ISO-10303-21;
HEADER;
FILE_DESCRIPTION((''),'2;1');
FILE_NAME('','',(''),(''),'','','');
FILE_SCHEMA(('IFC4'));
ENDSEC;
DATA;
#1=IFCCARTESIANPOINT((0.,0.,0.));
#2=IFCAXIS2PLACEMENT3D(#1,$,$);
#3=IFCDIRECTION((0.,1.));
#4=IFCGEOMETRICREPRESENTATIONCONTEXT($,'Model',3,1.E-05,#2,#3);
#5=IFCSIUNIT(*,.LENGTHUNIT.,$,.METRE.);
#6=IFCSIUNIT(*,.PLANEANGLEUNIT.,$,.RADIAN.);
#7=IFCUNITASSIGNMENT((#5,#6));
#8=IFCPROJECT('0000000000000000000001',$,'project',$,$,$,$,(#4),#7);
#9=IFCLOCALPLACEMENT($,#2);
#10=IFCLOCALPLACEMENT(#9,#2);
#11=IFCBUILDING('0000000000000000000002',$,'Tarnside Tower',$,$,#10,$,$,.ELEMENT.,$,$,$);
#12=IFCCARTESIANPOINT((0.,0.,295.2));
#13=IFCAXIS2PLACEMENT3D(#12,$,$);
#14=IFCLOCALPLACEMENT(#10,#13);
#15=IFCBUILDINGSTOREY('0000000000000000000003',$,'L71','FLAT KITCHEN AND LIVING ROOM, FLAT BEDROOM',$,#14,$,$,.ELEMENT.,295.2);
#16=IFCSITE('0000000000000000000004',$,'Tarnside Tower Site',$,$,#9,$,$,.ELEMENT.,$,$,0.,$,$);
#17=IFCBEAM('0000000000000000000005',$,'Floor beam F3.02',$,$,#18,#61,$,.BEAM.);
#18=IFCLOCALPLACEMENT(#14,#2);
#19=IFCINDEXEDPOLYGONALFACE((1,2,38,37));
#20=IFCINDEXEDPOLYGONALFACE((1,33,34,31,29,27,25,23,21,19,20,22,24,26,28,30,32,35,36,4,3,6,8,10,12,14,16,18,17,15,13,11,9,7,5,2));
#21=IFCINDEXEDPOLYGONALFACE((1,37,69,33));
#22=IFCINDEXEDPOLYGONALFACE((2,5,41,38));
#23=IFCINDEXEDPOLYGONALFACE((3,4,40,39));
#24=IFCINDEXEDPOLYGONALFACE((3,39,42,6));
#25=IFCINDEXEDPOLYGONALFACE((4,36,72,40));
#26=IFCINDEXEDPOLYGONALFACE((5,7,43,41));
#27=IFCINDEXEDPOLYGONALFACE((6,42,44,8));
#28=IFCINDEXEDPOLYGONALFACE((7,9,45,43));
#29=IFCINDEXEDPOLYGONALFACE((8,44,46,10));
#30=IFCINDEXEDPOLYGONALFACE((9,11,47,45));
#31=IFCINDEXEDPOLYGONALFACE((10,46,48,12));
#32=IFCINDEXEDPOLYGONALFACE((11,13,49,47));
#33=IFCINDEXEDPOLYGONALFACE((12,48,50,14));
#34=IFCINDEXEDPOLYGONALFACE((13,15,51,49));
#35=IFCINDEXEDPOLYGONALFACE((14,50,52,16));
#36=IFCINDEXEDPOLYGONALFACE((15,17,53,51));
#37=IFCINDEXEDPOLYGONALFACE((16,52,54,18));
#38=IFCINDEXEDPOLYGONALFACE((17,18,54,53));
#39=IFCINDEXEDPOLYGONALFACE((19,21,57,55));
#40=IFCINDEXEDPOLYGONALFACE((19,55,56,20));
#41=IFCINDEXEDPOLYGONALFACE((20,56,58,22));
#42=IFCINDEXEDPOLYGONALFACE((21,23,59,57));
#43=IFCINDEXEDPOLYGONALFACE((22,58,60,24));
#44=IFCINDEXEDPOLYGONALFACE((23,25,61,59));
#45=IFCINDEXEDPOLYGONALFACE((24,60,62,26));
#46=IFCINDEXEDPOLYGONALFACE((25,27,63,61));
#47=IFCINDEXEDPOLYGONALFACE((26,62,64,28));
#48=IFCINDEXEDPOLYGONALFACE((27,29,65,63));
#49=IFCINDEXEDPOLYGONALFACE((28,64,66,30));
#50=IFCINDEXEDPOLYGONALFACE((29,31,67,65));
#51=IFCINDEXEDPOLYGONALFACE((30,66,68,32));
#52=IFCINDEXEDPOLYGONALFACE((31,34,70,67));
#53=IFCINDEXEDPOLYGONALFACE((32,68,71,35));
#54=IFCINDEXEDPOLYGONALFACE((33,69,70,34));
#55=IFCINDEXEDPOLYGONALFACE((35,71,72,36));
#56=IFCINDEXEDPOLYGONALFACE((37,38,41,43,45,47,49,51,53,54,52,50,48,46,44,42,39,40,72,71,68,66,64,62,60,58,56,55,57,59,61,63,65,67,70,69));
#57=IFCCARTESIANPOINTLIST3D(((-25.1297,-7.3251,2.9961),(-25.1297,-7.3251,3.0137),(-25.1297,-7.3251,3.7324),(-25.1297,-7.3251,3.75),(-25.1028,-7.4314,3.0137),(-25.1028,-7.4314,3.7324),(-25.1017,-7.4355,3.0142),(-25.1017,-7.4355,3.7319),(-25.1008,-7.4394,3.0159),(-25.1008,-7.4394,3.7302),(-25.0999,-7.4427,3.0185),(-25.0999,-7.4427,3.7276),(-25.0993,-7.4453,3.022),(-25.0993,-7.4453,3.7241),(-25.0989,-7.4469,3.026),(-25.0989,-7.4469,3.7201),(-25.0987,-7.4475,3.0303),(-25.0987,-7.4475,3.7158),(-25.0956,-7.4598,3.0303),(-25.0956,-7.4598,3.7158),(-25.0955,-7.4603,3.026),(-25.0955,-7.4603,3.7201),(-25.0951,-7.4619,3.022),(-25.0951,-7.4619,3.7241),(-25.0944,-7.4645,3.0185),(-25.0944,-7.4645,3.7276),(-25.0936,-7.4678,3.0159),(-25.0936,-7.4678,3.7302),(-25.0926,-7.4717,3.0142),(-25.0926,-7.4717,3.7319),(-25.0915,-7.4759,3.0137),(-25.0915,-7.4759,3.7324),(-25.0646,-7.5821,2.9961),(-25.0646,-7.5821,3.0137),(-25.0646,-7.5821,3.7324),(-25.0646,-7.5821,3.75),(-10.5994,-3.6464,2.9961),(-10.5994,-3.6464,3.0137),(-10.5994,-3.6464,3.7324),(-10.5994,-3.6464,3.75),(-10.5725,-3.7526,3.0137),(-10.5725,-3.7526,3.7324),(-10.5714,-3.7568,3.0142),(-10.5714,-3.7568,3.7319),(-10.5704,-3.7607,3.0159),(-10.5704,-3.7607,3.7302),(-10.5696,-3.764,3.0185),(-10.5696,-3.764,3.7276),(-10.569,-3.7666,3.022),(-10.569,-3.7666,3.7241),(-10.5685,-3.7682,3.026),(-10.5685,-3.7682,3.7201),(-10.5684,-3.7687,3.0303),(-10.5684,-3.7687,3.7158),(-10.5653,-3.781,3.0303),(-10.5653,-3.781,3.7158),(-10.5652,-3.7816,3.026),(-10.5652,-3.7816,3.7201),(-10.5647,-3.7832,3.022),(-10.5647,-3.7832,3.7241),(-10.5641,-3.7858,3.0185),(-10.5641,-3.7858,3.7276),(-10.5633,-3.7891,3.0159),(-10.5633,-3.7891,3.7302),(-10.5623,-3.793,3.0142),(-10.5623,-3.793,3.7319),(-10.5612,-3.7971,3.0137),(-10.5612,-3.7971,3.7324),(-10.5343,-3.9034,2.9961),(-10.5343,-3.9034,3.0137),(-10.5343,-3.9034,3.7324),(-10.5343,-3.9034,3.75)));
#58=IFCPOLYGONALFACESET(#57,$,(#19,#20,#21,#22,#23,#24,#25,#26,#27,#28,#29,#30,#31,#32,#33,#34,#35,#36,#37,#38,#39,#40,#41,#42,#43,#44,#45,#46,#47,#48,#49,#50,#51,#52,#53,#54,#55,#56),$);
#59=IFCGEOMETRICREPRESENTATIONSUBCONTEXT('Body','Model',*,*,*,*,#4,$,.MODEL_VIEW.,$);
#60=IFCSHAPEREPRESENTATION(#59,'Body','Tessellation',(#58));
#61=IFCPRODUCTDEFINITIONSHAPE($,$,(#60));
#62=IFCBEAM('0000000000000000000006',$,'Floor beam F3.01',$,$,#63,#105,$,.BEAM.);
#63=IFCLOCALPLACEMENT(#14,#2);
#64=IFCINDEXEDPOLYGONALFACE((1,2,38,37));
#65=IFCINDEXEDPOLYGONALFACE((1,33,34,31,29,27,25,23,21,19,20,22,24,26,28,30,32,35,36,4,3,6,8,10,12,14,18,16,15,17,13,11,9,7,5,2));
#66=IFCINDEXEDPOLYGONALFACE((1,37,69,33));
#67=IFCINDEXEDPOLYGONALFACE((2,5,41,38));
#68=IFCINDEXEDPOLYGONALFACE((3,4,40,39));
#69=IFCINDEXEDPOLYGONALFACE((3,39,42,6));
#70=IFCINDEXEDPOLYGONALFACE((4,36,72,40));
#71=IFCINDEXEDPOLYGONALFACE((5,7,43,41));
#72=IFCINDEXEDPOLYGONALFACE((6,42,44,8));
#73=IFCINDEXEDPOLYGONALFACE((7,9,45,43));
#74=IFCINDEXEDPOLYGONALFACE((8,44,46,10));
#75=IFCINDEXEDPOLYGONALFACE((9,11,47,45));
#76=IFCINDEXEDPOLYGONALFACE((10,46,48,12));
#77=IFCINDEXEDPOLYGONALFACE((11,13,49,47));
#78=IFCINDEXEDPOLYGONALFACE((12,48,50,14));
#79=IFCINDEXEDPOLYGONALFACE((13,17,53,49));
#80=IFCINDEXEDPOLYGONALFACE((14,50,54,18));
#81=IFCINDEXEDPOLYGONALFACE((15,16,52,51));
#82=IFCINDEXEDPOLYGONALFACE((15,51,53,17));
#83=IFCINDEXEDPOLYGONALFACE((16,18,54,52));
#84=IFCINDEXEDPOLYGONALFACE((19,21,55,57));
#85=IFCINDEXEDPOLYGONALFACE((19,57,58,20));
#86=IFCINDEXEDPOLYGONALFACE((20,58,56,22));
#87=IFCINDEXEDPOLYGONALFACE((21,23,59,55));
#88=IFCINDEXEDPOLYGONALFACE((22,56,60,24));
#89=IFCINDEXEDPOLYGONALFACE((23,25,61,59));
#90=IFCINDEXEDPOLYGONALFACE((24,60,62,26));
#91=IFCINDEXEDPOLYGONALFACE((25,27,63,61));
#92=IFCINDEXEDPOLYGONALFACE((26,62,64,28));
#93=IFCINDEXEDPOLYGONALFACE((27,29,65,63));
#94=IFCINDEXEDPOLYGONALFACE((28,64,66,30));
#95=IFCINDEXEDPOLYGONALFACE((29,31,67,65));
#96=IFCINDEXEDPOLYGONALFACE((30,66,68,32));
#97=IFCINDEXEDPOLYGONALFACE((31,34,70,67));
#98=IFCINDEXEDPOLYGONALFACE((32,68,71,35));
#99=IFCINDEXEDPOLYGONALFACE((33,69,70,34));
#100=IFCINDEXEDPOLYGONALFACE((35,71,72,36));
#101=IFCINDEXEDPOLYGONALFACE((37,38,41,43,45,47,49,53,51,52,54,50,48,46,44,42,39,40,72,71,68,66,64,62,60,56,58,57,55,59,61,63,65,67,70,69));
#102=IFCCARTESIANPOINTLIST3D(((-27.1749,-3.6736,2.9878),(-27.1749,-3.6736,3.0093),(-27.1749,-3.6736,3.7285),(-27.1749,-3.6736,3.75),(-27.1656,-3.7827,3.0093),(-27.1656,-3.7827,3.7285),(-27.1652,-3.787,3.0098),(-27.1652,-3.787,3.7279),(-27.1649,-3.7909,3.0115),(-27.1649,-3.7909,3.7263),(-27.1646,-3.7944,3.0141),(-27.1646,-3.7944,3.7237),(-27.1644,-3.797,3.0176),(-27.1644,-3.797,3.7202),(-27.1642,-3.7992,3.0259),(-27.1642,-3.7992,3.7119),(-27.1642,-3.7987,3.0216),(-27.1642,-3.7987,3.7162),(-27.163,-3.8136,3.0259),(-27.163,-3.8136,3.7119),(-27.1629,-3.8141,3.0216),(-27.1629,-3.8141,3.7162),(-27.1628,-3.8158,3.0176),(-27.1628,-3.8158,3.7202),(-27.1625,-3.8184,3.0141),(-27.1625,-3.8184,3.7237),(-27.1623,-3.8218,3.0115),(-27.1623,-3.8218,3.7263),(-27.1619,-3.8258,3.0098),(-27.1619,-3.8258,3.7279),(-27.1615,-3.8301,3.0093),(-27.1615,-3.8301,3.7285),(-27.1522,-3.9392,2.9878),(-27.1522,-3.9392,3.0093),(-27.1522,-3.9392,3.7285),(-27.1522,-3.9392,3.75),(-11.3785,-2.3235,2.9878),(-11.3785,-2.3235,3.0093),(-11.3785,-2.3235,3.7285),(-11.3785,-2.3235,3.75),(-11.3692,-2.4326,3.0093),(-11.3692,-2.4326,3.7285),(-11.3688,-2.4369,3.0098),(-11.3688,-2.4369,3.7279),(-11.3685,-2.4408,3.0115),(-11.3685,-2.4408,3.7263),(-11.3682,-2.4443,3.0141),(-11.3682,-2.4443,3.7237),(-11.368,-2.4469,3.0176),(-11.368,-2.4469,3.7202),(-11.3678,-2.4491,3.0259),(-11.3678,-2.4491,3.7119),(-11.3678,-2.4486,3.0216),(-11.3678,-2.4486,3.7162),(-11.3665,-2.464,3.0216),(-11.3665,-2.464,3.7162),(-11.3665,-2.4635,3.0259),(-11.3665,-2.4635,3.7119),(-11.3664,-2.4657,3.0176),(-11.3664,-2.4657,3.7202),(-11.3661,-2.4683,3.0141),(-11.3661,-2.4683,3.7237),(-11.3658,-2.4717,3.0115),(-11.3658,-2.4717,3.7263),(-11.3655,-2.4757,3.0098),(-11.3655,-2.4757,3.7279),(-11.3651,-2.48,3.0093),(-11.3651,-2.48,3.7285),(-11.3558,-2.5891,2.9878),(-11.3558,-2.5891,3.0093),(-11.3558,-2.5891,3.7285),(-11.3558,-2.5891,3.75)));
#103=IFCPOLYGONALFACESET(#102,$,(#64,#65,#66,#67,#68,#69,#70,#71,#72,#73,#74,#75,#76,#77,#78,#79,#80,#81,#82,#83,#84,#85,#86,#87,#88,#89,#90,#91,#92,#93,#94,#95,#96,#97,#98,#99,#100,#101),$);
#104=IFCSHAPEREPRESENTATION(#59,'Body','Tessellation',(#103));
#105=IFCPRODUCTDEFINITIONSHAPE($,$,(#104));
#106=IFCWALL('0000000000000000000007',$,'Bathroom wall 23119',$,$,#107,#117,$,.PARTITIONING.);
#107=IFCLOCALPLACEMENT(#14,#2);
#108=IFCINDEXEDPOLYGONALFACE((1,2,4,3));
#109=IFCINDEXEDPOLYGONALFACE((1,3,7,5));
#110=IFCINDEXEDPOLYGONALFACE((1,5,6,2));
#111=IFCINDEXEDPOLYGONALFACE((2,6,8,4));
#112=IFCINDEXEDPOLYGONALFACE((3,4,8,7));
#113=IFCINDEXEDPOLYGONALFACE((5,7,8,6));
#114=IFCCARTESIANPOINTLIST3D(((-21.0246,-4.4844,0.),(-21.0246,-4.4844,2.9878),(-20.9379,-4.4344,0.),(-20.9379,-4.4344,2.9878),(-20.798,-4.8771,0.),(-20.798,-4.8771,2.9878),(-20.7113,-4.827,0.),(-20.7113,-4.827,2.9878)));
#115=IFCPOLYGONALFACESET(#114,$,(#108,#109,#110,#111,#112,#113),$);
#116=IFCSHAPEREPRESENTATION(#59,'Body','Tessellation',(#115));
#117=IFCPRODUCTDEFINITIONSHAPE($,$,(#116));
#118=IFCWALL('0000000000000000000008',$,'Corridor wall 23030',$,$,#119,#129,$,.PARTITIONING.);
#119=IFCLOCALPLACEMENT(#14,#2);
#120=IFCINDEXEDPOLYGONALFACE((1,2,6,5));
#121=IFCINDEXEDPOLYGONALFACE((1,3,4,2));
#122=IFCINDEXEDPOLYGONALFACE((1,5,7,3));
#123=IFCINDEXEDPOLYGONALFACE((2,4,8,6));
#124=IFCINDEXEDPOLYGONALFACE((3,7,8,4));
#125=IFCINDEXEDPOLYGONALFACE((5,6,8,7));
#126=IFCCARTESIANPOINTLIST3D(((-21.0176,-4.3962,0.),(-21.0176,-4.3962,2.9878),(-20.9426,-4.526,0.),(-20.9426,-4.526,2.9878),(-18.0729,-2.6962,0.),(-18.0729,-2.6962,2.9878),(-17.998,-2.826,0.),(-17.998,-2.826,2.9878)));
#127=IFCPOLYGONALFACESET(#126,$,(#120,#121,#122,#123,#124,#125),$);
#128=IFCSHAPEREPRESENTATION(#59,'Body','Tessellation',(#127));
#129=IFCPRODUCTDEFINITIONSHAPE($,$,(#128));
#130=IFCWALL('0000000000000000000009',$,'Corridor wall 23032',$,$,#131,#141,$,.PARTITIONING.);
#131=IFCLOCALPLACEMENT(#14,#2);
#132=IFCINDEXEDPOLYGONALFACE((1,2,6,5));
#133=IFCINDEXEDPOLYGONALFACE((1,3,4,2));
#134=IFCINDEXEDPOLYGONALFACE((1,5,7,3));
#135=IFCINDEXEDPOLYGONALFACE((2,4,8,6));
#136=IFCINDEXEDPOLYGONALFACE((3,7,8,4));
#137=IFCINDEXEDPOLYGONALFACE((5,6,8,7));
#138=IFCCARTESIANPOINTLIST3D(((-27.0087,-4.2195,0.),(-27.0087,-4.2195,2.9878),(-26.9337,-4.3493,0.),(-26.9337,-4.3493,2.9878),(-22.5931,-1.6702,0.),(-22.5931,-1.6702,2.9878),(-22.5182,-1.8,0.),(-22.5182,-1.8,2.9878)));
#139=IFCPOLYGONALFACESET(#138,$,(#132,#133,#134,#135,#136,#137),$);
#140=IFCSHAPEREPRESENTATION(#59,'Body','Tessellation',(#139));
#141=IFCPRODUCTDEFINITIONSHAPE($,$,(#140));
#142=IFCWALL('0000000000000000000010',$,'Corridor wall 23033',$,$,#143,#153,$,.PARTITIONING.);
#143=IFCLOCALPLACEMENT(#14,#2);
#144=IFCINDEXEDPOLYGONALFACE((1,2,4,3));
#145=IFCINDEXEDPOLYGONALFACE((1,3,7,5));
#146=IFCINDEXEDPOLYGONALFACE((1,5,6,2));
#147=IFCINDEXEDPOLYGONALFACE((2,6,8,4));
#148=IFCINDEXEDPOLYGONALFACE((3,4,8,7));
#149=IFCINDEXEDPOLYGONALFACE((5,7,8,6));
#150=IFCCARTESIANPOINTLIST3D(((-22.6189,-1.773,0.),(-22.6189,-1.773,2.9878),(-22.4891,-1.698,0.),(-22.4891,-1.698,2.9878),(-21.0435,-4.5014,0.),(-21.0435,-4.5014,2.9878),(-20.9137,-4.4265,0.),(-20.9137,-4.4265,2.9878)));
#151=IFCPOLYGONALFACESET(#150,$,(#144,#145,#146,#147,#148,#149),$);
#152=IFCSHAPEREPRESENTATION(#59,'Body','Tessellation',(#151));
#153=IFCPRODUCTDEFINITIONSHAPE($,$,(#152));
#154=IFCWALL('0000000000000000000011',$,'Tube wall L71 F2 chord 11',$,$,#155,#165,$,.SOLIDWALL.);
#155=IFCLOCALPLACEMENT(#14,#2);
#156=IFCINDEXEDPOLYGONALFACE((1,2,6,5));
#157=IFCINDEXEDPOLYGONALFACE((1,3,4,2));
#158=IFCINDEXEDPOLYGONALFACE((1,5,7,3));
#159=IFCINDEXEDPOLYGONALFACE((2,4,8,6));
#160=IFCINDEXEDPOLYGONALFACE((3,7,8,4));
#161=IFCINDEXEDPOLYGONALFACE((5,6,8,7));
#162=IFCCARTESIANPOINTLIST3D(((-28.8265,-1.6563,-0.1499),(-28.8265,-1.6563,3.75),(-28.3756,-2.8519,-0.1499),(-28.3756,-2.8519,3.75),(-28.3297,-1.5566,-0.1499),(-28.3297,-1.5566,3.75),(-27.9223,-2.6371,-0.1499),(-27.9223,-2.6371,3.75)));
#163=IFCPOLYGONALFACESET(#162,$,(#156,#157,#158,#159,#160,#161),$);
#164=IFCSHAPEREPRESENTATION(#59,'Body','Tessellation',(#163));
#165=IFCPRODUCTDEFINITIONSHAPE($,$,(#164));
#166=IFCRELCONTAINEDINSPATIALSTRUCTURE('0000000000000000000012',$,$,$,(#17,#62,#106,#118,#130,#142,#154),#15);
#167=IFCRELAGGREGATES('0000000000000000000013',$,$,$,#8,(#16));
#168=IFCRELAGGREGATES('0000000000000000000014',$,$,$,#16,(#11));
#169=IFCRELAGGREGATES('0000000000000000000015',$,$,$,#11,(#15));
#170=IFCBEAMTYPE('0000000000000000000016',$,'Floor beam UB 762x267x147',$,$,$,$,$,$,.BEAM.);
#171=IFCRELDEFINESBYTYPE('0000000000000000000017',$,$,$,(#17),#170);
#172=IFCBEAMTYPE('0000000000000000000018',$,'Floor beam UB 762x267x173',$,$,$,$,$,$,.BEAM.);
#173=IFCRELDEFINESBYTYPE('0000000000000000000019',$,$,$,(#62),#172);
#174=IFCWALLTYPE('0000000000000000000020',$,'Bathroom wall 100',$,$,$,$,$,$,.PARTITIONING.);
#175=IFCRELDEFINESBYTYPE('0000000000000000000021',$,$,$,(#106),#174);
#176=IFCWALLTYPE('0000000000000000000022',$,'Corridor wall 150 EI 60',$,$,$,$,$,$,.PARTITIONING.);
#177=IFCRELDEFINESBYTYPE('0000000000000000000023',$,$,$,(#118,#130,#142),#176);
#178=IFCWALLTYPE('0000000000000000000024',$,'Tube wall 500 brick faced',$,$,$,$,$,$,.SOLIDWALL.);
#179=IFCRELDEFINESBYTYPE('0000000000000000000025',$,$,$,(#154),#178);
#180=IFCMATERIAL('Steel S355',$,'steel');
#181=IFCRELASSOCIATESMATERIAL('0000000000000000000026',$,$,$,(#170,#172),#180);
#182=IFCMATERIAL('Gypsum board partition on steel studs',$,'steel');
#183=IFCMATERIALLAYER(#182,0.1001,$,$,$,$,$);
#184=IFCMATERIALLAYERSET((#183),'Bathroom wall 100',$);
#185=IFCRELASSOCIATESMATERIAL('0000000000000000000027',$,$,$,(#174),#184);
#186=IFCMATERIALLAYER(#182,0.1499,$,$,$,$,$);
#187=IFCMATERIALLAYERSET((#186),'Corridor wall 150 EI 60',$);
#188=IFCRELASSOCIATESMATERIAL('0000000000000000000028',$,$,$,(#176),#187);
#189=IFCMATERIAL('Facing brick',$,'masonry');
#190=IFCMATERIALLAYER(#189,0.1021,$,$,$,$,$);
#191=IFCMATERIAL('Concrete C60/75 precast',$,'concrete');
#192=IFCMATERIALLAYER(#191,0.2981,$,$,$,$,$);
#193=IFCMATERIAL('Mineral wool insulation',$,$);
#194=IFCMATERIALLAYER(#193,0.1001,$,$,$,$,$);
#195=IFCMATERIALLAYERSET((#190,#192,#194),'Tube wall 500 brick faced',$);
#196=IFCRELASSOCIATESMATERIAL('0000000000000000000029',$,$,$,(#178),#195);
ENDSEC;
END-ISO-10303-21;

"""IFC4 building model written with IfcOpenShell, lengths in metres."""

from ifc_helpers import new_model, si_unit, direction, frame, frame_2d, origin, origin_2d, place, context, subcontext, project, spatial, polyline, rectangle, i_section, outline, extrude, material, layer, layer_set, material_profile, profile_set, type_object, element, save


model = new_model("IFC4")

# Units and contexts
model_context = context("Model", 3, precision=1e-05, world=origin(), true_north=direction((0.0, 1.0)))
body_context = subcontext(model_context, "Body", "Model", "MODEL_VIEW")
ifc_project = project(units=[si_unit("LENGTHUNIT", "METRE"), si_unit("PLANEANGLEUNIT", "RADIAN")], contexts=[model_context])

# Site, building, storey
site_placement = place(None, origin())
site = spatial("IfcSite", under=ifc_project, at=site_placement, Name="Tarnside Tower Site", CompositionType="ELEMENT", RefElevation=0.0)
building_placement = place(site_placement, origin())
building = spatial("IfcBuilding", under=site, at=building_placement, Name="Tarnside Tower", CompositionType="ELEMENT")
storey_placement = place(building_placement, frame((0.0, 0.0, 295.2)))
storey = spatial("IfcBuildingStorey", under=building, at=storey_placement, Name="L71", Description="FLAT KITCHEN AND LIVING ROOM, FLAT BEDROOM", CompositionType="ELEMENT", Elevation=295.2)

# Beams
ifc_material_1 = material(Name="Steel S355", Category="steel")
ifc_material_profile_1 = material_profile(ifc_material_1, i_section(OverallWidth=0.2651, OverallDepth=0.7539, WebThickness=0.0127, FlangeThickness=0.0176, FilletRadius=0.0166, at=origin_2d()), Name="UB 762x267x147")
ifc_profile_set_1 = profile_set([ifc_material_profile_1], Name="Steel S355")
beam_type_1 = type_object("IfcBeamType", Name="Floor beam UB 762x267x147", PredefinedType="BEAM", material=ifc_profile_set_1)
beam_1_placement = place(storey_placement, frame((-25.0972, -7.4536, 3.373), z_axis=(0.969414, 0.245432, 0.0), x_axis=(-0.245432, 0.969414, 0.0)))
element("IfcBeam", 1, at=beam_1_placement, inside=storey, type_object=beam_type_1, Name="Floor beam F3.02", PredefinedType="BEAM", context=body_context, shape_type="SweptSolid", body=[
    extrude(i_section(OverallWidth=0.2651, OverallDepth=0.7539, WebThickness=0.0127, FlangeThickness=0.0176, FilletRadius=0.0166, at=origin_2d()), origin(), (0.0, 0.0, 1.0), 14.9888),
])
ifc_material_profile_2 = material_profile(ifc_material_1, i_section(OverallWidth=0.2666, OverallDepth=0.7622, WebThickness=0.0144, FlangeThickness=0.0215, FilletRadius=0.0166, at=origin_2d()), Name="UB 762x267x173")
ifc_profile_set_2 = profile_set([ifc_material_profile_2], Name="Steel S355")
beam_type_2 = type_object("IfcBeamType", Name="Floor beam UB 762x267x173", PredefinedType="BEAM", material=ifc_profile_set_2)
beam_2_placement = place(storey_placement, frame((-27.1636, -3.8064, 3.3689), z_axis=(0.996367, 0.085158, 0.0), x_axis=(-0.085158, 0.996367, 0.0)))
element("IfcBeam", 2, at=beam_2_placement, inside=storey, type_object=beam_type_2, Name="Floor beam F3.01", PredefinedType="BEAM", context=body_context, shape_type="SweptSolid", body=[
    extrude(i_section(OverallWidth=0.2666, OverallDepth=0.7622, WebThickness=0.0144, FlangeThickness=0.0215, FilletRadius=0.0166, at=origin_2d()), origin(), (0.0, 0.0, 1.0), 15.854),
])

# Walls
ifc_material_2 = material(Name="Gypsum board partition on steel studs", Category="steel")
ifc_layer_1 = layer(ifc_material_2, 0.1001)
ifc_layer_set_1 = layer_set([ifc_layer_1], Name="Bathroom wall 100")
wall_type_1 = type_object("IfcWallType", Name="Bathroom wall 100", PredefinedType="PARTITIONING", material=ifc_layer_set_1)
wall_1_placement = place(storey_placement, frame((-20.9812, -4.4595, 0.0), z_axis=(0.0, 0.0, 1.0), x_axis=(0.499847, -0.866114, 0.0)))
element("IfcWall", 3, at=wall_1_placement, inside=storey, type_object=wall_type_1, Name="Bathroom wall 23119", PredefinedType="PARTITIONING", context=body_context, shape_type="SweptSolid", body=[
    extrude(rectangle(XDim=0.4534, YDim=0.1001, at=frame_2d((0.2266, 0.0))), origin(), (0.0, 0.0, 1.0), 2.9878),
])
ifc_layer_2 = layer(ifc_material_2, 0.1499)
ifc_layer_set_2 = layer_set([ifc_layer_2], Name="Corridor wall 150 EI 60")
wall_type_2 = type_object("IfcWallType", Name="Corridor wall 150 EI 60", PredefinedType="PARTITIONING", material=ifc_layer_set_2)
wall_2_placement = place(storey_placement, frame((-20.9802, -4.4612, 0.0), z_axis=(0.0, 0.0, 1.0), x_axis=(0.866039, 0.499977, 0.0)))
element("IfcWall", 4, at=wall_2_placement, inside=storey, type_object=wall_type_2, Name="Corridor wall 23030", PredefinedType="PARTITIONING", context=body_context, shape_type="SweptSolid", body=[
    extrude(rectangle(XDim=3.4001, YDim=0.1499, at=frame_2d((1.7002, 0.0))), origin(), (0.0, 0.0, 1.0), 2.9878),
])
wall_3_placement = place(storey_placement, frame((-26.9712, -4.2844, 0.0), z_axis=(0.0, 0.0, 1.0), x_axis=(0.866025, 0.500002, 0.0)))
element("IfcWall", 5, at=wall_3_placement, inside=storey, type_object=wall_type_2, Name="Corridor wall 23032", PredefinedType="PARTITIONING", context=body_context, shape_type="SweptSolid", body=[
    extrude(rectangle(XDim=5.0986, YDim=0.1499, at=frame_2d((2.5493, 0.0))), origin(), (0.0, 0.0, 1.0), 2.9878),
])
wall_4_placement = place(storey_placement, frame((-22.554, -1.7356, 0.0), z_axis=(0.0, 0.0, 1.0), x_axis=(0.500031, -0.866008, 0.0)))
element("IfcWall", 6, at=wall_4_placement, inside=storey, type_object=wall_type_2, Name="Corridor wall 23033", PredefinedType="PARTITIONING", context=body_context, shape_type="SweptSolid", body=[
    extrude(rectangle(XDim=3.1506, YDim=0.1499, at=frame_2d((1.5752, 0.0))), origin(), (0.0, 0.0, 1.0), 2.9878),
])
ifc_material_3 = material(Name="Facing brick", Category="masonry")
ifc_layer_3 = layer(ifc_material_3, 0.1021)
ifc_material_4 = material(Name="Concrete C60/75 precast", Category="concrete")
ifc_layer_4 = layer(ifc_material_4, 0.2981)
ifc_material_5 = material(Name="Mineral wool insulation")
ifc_layer_5 = layer(ifc_material_5, 0.1001)
ifc_layer_set_3 = layer_set([ifc_layer_3, ifc_layer_4, ifc_layer_5], Name="Tube wall 500 brick faced")
wall_type_3 = type_object("IfcWallType", Name="Tube wall 500 brick faced", PredefinedType="SOLIDWALL", material=ifc_layer_set_3)
wall_5_placement = place(storey_placement, frame((-28.5781, -1.6064, -0.1499), z_axis=(0.0, 0.0, 1.0), x_axis=(0.352838, -0.935684, 0.0)))
element("IfcWall", 7, at=wall_5_placement, inside=storey, type_object=wall_type_3, Name="Tube wall L71 F2 chord 11", PredefinedType="SOLIDWALL", context=body_context, shape_type="SweptSolid", body=[
    extrude(outline(polyline([(-0.041, -0.25), (1.2368, -0.25), (1.1958, 0.25), (0.041, 0.25), (-0.041, -0.25)])), origin(), (0.0, 0.0, 1.0), 3.8999),
])

save(model, "model.ifc")
